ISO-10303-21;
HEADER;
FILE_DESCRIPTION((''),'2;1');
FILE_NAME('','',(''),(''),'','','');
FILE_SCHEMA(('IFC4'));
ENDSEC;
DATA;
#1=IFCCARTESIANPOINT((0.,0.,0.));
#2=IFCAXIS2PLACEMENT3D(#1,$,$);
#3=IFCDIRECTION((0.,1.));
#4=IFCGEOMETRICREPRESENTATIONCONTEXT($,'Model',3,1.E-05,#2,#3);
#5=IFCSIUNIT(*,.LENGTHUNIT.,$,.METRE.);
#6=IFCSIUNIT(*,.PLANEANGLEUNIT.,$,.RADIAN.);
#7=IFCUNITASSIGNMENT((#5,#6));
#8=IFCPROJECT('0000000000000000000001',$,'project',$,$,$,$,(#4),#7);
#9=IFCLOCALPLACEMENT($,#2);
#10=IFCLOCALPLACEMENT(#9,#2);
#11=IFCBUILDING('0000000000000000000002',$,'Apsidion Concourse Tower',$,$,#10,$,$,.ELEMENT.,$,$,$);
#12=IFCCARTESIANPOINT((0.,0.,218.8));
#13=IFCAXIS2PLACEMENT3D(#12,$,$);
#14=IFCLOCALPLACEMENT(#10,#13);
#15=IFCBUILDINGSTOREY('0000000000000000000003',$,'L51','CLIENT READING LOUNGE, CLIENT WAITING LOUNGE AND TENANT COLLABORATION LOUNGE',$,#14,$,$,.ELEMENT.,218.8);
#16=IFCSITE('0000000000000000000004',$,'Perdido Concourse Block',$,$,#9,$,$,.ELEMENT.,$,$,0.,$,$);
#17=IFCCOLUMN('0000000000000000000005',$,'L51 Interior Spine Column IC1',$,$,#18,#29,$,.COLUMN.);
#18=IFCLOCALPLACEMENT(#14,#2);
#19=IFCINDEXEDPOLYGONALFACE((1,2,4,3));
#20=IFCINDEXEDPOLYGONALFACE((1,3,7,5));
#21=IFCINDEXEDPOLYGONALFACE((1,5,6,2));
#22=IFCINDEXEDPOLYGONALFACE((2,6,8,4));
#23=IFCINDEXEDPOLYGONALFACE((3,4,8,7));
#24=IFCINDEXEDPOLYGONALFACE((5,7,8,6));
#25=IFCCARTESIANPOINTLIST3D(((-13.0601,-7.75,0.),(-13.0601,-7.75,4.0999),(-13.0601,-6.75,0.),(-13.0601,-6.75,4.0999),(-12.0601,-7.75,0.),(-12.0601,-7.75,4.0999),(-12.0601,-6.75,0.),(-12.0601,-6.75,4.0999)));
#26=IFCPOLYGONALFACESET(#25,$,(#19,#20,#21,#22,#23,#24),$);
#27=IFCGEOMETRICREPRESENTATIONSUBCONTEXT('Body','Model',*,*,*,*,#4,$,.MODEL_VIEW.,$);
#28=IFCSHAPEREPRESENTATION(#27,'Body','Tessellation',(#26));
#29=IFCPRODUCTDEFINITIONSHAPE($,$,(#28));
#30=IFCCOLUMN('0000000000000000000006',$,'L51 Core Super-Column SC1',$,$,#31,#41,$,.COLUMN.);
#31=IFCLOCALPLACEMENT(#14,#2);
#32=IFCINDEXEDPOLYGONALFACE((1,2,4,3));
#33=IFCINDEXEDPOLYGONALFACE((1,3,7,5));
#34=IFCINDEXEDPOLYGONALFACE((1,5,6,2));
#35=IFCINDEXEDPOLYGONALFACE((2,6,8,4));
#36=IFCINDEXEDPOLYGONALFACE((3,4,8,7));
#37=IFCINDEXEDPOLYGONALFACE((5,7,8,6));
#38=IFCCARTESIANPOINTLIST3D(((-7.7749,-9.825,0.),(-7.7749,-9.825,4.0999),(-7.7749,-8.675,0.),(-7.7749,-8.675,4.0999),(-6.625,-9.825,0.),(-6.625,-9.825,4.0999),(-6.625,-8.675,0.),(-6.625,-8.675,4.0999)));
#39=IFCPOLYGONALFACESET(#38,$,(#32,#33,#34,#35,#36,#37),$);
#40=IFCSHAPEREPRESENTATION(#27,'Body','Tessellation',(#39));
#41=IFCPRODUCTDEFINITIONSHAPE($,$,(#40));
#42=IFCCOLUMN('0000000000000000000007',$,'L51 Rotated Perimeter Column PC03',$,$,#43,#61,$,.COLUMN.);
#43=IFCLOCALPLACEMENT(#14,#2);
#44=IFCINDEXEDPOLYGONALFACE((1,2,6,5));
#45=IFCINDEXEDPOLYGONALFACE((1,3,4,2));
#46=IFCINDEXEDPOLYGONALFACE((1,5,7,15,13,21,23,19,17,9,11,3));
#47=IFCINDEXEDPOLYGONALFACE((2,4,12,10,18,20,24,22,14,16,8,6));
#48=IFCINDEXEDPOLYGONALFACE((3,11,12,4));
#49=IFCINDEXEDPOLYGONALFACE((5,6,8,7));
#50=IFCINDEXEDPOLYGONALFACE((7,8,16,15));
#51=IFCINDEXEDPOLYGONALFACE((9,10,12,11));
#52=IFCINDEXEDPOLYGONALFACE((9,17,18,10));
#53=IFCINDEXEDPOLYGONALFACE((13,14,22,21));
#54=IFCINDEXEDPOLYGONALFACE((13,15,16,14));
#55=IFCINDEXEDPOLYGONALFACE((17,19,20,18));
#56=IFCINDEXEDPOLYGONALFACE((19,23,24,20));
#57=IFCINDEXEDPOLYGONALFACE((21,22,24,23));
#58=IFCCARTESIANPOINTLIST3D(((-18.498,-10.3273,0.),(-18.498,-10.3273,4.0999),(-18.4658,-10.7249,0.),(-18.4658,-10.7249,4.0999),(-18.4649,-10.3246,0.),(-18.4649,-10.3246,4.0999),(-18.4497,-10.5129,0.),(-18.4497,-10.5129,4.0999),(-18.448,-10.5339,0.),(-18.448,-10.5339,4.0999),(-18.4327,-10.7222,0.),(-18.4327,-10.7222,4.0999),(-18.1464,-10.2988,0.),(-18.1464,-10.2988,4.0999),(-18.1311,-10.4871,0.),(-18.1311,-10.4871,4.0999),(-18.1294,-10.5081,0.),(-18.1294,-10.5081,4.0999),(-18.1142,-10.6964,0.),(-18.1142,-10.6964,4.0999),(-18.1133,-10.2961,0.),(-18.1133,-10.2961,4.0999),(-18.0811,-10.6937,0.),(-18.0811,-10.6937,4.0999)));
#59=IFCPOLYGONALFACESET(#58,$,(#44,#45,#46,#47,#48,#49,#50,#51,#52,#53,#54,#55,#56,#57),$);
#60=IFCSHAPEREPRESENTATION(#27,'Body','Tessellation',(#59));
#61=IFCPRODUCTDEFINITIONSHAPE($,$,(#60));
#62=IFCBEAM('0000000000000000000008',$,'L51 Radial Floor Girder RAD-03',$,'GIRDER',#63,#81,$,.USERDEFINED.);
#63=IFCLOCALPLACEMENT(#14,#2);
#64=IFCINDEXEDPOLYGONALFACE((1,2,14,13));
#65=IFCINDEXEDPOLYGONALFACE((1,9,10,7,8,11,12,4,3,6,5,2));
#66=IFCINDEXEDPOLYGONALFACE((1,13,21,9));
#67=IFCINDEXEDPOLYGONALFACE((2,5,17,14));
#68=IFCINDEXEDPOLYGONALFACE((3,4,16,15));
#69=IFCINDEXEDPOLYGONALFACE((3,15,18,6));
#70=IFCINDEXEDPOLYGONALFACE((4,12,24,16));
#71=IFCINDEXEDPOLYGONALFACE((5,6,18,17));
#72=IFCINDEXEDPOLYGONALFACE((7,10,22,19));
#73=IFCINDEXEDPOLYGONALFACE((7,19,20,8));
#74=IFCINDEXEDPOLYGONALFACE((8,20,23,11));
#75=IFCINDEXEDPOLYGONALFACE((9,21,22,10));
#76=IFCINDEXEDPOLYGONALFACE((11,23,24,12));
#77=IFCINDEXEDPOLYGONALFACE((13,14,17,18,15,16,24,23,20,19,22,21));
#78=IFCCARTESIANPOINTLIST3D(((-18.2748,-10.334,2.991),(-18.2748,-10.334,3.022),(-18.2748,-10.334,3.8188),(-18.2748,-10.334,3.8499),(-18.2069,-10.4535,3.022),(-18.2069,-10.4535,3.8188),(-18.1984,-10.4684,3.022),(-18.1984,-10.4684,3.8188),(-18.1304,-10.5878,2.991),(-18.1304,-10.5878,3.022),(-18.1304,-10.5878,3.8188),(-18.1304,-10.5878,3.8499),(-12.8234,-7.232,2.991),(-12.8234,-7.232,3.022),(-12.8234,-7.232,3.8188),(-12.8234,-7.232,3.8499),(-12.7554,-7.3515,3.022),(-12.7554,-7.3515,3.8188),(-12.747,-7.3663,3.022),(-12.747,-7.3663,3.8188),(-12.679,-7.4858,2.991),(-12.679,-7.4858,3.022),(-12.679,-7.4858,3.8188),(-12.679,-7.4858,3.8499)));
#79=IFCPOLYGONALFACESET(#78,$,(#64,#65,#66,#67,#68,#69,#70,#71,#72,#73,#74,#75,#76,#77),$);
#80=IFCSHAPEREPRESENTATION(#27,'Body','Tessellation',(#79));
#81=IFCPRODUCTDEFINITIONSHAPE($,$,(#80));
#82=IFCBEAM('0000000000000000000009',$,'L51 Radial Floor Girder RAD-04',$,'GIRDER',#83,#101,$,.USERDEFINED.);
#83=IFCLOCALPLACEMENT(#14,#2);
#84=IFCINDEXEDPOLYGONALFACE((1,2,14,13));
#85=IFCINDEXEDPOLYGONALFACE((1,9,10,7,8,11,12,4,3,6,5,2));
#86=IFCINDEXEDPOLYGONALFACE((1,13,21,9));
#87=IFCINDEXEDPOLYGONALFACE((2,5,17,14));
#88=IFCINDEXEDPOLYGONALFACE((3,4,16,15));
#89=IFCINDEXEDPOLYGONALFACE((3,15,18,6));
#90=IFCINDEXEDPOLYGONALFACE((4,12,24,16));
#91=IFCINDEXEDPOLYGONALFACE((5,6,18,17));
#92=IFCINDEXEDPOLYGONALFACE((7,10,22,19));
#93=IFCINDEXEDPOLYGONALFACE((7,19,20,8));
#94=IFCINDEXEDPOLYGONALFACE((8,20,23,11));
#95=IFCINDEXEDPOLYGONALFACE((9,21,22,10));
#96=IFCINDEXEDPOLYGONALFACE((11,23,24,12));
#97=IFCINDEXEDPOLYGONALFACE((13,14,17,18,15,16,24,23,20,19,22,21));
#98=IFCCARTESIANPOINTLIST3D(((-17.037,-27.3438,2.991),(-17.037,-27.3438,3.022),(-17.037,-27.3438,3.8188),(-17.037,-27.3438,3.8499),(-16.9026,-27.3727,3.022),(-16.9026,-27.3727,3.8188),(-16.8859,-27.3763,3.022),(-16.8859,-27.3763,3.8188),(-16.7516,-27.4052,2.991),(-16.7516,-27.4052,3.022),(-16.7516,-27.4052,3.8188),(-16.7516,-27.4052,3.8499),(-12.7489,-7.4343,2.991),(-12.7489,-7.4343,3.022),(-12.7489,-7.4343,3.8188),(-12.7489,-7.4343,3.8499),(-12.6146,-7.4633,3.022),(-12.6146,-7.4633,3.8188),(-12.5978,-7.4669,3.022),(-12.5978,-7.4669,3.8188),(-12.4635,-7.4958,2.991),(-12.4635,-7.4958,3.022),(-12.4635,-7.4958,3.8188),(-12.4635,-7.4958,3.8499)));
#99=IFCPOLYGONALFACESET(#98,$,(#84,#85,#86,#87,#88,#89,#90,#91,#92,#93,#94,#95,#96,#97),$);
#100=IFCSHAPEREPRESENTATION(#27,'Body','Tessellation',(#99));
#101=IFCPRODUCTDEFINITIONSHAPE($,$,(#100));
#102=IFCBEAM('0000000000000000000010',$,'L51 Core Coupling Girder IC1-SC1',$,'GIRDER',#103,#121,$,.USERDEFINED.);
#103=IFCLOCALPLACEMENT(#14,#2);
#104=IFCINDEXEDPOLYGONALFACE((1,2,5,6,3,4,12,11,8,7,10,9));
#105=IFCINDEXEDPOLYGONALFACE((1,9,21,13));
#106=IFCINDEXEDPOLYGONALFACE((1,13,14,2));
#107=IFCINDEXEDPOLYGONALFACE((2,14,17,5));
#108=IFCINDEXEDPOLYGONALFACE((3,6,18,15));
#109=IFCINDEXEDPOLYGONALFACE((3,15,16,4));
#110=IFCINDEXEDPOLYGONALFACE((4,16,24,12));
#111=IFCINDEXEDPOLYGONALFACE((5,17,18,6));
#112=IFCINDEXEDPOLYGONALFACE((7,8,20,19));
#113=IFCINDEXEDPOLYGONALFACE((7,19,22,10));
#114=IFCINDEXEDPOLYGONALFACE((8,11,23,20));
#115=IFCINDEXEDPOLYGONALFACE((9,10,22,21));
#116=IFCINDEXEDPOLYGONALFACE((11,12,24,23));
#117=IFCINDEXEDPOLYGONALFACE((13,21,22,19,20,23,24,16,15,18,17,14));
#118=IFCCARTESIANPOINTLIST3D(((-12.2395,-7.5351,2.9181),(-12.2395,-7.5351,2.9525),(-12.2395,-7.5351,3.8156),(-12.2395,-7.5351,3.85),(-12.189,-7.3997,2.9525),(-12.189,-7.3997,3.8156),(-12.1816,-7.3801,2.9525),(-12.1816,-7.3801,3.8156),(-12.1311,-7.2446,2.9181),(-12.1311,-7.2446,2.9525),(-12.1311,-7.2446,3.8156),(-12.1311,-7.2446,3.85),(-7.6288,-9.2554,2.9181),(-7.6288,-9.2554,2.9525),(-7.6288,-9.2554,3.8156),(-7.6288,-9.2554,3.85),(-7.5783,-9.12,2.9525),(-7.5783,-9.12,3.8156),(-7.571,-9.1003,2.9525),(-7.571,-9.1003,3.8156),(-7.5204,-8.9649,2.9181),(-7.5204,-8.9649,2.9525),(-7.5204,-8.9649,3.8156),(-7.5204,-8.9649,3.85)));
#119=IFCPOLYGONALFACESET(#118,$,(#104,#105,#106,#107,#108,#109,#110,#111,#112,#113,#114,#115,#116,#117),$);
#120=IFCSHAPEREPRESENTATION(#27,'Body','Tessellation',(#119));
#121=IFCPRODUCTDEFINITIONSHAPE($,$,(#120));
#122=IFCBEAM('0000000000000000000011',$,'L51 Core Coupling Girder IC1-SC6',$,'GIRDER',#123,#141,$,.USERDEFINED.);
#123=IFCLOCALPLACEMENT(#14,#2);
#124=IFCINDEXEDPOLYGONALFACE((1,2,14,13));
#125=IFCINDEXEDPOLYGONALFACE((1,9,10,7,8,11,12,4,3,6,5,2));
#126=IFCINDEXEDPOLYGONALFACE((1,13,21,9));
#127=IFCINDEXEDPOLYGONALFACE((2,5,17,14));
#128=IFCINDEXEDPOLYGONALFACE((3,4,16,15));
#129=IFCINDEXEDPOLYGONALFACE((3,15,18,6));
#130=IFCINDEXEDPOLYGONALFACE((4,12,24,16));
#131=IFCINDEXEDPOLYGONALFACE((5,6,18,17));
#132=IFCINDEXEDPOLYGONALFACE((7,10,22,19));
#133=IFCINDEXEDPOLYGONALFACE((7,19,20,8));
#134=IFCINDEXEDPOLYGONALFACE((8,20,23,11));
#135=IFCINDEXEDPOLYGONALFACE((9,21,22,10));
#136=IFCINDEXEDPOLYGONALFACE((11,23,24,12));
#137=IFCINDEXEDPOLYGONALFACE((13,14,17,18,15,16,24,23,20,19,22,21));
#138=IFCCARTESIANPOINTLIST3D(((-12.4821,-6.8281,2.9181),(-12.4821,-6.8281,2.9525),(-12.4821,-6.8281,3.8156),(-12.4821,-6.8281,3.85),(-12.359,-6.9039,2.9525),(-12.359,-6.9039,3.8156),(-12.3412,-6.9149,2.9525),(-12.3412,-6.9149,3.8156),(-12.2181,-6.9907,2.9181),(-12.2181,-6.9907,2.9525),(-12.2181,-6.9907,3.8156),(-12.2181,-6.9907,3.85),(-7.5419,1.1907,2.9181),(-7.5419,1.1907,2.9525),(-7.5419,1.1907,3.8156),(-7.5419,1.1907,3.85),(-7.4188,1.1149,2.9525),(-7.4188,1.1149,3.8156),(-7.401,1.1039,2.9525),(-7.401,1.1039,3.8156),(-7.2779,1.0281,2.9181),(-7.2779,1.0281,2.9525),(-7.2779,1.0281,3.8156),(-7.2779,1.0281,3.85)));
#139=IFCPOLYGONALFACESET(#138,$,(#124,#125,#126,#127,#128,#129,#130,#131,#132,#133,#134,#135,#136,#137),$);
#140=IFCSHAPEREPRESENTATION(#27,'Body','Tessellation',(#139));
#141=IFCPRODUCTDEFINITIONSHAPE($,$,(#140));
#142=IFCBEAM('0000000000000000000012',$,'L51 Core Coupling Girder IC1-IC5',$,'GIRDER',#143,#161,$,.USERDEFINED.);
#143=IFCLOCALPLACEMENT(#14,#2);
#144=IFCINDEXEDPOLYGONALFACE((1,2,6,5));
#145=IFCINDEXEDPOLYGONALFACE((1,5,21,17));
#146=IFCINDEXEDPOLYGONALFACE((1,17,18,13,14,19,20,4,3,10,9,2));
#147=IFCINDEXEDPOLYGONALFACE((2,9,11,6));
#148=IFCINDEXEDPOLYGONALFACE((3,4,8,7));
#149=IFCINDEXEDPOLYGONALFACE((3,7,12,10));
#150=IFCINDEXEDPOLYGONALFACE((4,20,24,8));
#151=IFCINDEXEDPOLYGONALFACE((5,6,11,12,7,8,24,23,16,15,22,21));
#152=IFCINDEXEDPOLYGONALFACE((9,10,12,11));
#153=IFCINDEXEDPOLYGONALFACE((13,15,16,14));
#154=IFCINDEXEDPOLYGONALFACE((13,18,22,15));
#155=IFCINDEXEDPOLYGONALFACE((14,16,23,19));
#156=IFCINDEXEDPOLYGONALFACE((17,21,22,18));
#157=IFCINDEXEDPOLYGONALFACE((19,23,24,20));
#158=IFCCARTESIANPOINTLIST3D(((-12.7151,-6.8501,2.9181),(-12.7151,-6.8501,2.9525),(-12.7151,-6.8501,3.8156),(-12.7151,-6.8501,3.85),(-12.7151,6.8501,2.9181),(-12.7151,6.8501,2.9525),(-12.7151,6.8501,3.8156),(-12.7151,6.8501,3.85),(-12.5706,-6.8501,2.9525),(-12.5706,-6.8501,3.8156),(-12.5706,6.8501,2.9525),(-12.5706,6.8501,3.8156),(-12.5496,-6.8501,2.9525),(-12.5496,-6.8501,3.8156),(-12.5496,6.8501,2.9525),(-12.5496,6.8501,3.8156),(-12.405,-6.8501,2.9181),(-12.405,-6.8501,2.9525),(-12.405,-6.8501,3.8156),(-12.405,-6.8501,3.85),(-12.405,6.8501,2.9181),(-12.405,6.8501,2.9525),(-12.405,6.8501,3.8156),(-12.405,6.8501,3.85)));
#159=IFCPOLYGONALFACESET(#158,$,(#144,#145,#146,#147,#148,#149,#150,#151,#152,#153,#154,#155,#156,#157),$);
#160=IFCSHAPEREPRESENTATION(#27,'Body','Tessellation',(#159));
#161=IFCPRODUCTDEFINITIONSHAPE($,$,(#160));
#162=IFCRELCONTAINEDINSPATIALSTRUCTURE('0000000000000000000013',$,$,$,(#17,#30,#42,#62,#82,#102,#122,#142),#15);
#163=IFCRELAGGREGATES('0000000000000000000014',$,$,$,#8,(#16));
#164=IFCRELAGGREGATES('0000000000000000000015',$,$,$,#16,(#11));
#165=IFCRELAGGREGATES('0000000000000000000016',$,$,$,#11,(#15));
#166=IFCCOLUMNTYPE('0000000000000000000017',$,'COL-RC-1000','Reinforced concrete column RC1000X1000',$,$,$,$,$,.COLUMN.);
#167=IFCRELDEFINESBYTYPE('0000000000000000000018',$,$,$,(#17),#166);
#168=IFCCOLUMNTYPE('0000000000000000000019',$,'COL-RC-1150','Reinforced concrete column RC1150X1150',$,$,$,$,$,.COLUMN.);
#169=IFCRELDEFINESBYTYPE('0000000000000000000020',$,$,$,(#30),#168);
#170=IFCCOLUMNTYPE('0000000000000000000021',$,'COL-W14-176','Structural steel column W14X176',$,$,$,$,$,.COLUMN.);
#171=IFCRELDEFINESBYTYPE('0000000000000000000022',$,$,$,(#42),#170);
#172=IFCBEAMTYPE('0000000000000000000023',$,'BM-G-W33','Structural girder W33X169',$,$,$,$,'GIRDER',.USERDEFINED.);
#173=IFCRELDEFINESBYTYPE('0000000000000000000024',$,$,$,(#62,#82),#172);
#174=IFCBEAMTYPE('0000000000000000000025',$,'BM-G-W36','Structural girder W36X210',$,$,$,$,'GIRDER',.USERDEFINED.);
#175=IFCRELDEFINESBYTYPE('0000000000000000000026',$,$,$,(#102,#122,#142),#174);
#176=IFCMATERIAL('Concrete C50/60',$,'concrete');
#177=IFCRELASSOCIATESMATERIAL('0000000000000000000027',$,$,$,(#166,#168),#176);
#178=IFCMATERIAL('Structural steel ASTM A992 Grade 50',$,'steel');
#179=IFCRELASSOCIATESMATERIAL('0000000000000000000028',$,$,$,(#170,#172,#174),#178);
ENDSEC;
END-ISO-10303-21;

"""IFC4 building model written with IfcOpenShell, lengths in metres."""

from ifc_helpers import new_model, si_unit, direction, frame, origin, origin_2d, place, context, subcontext, project, spatial, rectangle, i_section, extrude, material, material_profile, profile_set, type_object, element, save


model = new_model("IFC4")

# Units and contexts
model_context = context("Model", 3, precision=1e-05, world=origin(), true_north=direction((0.0, 1.0)))
body_context = subcontext(model_context, "Body", "Model", "MODEL_VIEW")
ifc_project = project(units=[si_unit("LENGTHUNIT", "METRE"), si_unit("PLANEANGLEUNIT", "RADIAN")], contexts=[model_context])

# Site, building, storey
site_placement = place(None, origin())
site = spatial("IfcSite", under=ifc_project, at=site_placement, Name="Perdido Concourse Block", CompositionType="ELEMENT", RefElevation=0.0)
building_placement = place(site_placement, origin())
building = spatial("IfcBuilding", under=site, at=building_placement, Name="Apsidion Concourse Tower", CompositionType="ELEMENT")
storey_placement = place(building_placement, frame((0.0, 0.0, 218.8)))
storey = spatial("IfcBuildingStorey", under=building, at=storey_placement, Name="L51", Description="CLIENT READING LOUNGE, CLIENT WAITING LOUNGE AND TENANT COLLABORATION LOUNGE", CompositionType="ELEMENT", Elevation=218.8)

# Columns
ifc_material_1 = material(Name="Concrete C50/60", Category="concrete")
ifc_material_profile_1 = material_profile(ifc_material_1, rectangle(XDim=1.0, YDim=1.0, at=origin_2d()), Name="RC 1000x1000")
ifc_profile_set_1 = profile_set([ifc_material_profile_1], Name="Concrete C50/60")
column_type_1 = type_object("IfcColumnType", Name="COL-RC-1000", Description="Reinforced concrete column RC1000X1000", PredefinedType="COLUMN", material=ifc_profile_set_1)
column_1_placement = place(storey_placement, frame((-12.5601, -7.25, 0.0), z_axis=(0.0, 0.0, 1.0), x_axis=(1.0, 0.0, 0.0)))
element("IfcColumn", 1, at=column_1_placement, inside=storey, type_object=column_type_1, Name="L51 Interior Spine Column IC1", PredefinedType="COLUMN", context=body_context, shape_type="SweptSolid", body=[
    extrude(rectangle(XDim=1.0, YDim=1.0, at=origin_2d()), origin(), (0.0, 0.0, 1.0), 4.0999),
])
ifc_material_profile_2 = material_profile(ifc_material_1, rectangle(XDim=1.1499, YDim=1.1499, at=origin_2d()), Name="RC 1150x1150")
ifc_profile_set_2 = profile_set([ifc_material_profile_2], Name="Concrete C50/60")
column_type_2 = type_object("IfcColumnType", Name="COL-RC-1150", Description="Reinforced concrete column RC1150X1150", PredefinedType="COLUMN", material=ifc_profile_set_2)
column_2_placement = place(storey_placement, frame((-7.2, -9.25, 0.0), z_axis=(0.0, 0.0, 1.0), x_axis=(1.0, 0.0, 0.0)))
element("IfcColumn", 2, at=column_2_placement, inside=storey, type_object=column_type_2, Name="L51 Core Super-Column SC1", PredefinedType="COLUMN", context=body_context, shape_type="SweptSolid", body=[
    extrude(rectangle(XDim=1.1499, YDim=1.1499, at=origin_2d()), origin(), (0.0, 0.0, 1.0), 4.0999),
])
ifc_material_2 = material(Name="Structural steel ASTM A992 Grade 50", Category="steel")
ifc_material_profile_3 = material_profile(ifc_material_2, i_section(OverallWidth=0.3989, OverallDepth=0.386, WebThickness=0.021, FlangeThickness=0.0332, at=origin_2d()), Name="W14X176")
ifc_profile_set_3 = profile_set([ifc_material_profile_3], Name="Structural steel ASTM A992 Grade 50")
column_type_3 = type_object("IfcColumnType", Name="COL-W14-176", Description="Structural steel column W14X176", PredefinedType="COLUMN", material=ifc_profile_set_3)
column_3_placement = place(storey_placement, frame((-18.2896, -10.5105, 0.0), z_axis=(0.0, 0.0, 1.0), x_axis=(-0.080721, 0.996737, 0.0)))
element("IfcColumn", 3, at=column_3_placement, inside=storey, type_object=column_type_3, Name="L51 Rotated Perimeter Column PC03", PredefinedType="COLUMN", context=body_context, shape_type="SweptSolid", body=[
    extrude(i_section(OverallWidth=0.3989, OverallDepth=0.386, WebThickness=0.021, FlangeThickness=0.0332, at=origin_2d()), origin(), (0.0, 0.0, 1.0), 4.0999),
])

# Beams
ifc_material_profile_4 = material_profile(ifc_material_2, i_section(OverallWidth=0.292, OverallDepth=0.8589, WebThickness=0.0171, FlangeThickness=0.031, at=origin_2d()), Name="W33X169")
ifc_profile_set_4 = profile_set([ifc_material_profile_4], Name="Structural steel ASTM A992 Grade 50")
beam_type_1 = type_object("IfcBeamType", Name="BM-G-W33", Description="Structural girder W33X169", ElementType="GIRDER", PredefinedType="USERDEFINED", material=ifc_profile_set_4)
beam_1_placement = place(storey_placement, frame((-12.7512, -7.3589, 3.4204), z_axis=(-0.869138, -0.49457, 0.0), x_axis=(0.49457, -0.869138, 0.0)))
element("IfcBeam", 4, at=beam_1_placement, inside=storey, type_object=beam_type_1, Name="L51 Radial Floor Girder RAD-03", ObjectType="GIRDER", PredefinedType="USERDEFINED", context=body_context, shape_type="SweptSolid", body=[
    extrude(i_section(OverallWidth=0.292, OverallDepth=0.8589, WebThickness=0.0171, FlangeThickness=0.031, at=origin_2d()), origin(), (0.0, 0.0, 1.0), 6.2722),
])
beam_2_placement = place(storey_placement, frame((-12.6062, -7.4651, 3.4204), z_axis=(-0.210551, -0.977583, 0.0), x_axis=(0.977583, -0.210551, 0.0)))
element("IfcBeam", 5, at=beam_2_placement, inside=storey, type_object=beam_type_1, Name="L51 Radial Floor Girder RAD-04", ObjectType="GIRDER", PredefinedType="USERDEFINED", context=body_context, shape_type="SweptSolid", body=[
    extrude(i_section(OverallWidth=0.292, OverallDepth=0.8589, WebThickness=0.0171, FlangeThickness=0.031, at=origin_2d()), origin(), (0.0, 0.0, 1.0), 20.366),
])
ifc_material_profile_5 = material_profile(ifc_material_2, i_section(OverallWidth=0.3101, OverallDepth=0.9319, WebThickness=0.021, FlangeThickness=0.0344, at=origin_2d()), Name="W36X210")
ifc_profile_set_5 = profile_set([ifc_material_profile_5], Name="Structural steel ASTM A992 Grade 50")
beam_type_2 = type_object("IfcBeamType", Name="BM-G-W36", Description="Structural girder W36X210", ElementType="GIRDER", PredefinedType="USERDEFINED", material=ifc_profile_set_5)
beam_3_placement = place(storey_placement, frame((-12.1853, -7.3899, 3.384), z_axis=(0.936913, -0.349563, 0.0), x_axis=(0.349563, 0.936913, 0.0)))
element("IfcBeam", 6, at=beam_3_placement, inside=storey, type_object=beam_type_2, Name="L51 Core Coupling Girder IC1-SC1", ObjectType="GIRDER", PredefinedType="USERDEFINED", context=body_context, shape_type="SweptSolid", body=[
    extrude(i_section(OverallWidth=0.3101, OverallDepth=0.9319, WebThickness=0.021, FlangeThickness=0.0344, at=origin_2d()), origin(), (0.0, 0.0, 1.0), 4.9211),
])
beam_4_placement = place(storey_placement, frame((-12.3501, -6.9094, 3.384), z_axis=(0.524524, 0.851396, 0.0), x_axis=(-0.851396, 0.524524, 0.0)))
element("IfcBeam", 7, at=beam_4_placement, inside=storey, type_object=beam_type_2, Name="L51 Core Coupling Girder IC1-SC6", ObjectType="GIRDER", PredefinedType="USERDEFINED", context=body_context, shape_type="SweptSolid", body=[
    extrude(i_section(OverallWidth=0.3101, OverallDepth=0.9319, WebThickness=0.021, FlangeThickness=0.0344, at=origin_2d()), origin(), (0.0, 0.0, 1.0), 9.4185),
])
beam_5_placement = place(storey_placement, frame((-12.5601, -6.8501, 3.384), z_axis=(0.0, 1.0, 0.0), x_axis=(-1.0, 0.0, 0.0)))
element("IfcBeam", 8, at=beam_5_placement, inside=storey, type_object=beam_type_2, Name="L51 Core Coupling Girder IC1-IC5", ObjectType="GIRDER", PredefinedType="USERDEFINED", context=body_context, shape_type="SweptSolid", body=[
    extrude(i_section(OverallWidth=0.3101, OverallDepth=0.9319, WebThickness=0.021, FlangeThickness=0.0344, at=origin_2d()), origin(), (0.0, 0.0, 1.0), 13.7002),
])

save(model, "model.ifc")
